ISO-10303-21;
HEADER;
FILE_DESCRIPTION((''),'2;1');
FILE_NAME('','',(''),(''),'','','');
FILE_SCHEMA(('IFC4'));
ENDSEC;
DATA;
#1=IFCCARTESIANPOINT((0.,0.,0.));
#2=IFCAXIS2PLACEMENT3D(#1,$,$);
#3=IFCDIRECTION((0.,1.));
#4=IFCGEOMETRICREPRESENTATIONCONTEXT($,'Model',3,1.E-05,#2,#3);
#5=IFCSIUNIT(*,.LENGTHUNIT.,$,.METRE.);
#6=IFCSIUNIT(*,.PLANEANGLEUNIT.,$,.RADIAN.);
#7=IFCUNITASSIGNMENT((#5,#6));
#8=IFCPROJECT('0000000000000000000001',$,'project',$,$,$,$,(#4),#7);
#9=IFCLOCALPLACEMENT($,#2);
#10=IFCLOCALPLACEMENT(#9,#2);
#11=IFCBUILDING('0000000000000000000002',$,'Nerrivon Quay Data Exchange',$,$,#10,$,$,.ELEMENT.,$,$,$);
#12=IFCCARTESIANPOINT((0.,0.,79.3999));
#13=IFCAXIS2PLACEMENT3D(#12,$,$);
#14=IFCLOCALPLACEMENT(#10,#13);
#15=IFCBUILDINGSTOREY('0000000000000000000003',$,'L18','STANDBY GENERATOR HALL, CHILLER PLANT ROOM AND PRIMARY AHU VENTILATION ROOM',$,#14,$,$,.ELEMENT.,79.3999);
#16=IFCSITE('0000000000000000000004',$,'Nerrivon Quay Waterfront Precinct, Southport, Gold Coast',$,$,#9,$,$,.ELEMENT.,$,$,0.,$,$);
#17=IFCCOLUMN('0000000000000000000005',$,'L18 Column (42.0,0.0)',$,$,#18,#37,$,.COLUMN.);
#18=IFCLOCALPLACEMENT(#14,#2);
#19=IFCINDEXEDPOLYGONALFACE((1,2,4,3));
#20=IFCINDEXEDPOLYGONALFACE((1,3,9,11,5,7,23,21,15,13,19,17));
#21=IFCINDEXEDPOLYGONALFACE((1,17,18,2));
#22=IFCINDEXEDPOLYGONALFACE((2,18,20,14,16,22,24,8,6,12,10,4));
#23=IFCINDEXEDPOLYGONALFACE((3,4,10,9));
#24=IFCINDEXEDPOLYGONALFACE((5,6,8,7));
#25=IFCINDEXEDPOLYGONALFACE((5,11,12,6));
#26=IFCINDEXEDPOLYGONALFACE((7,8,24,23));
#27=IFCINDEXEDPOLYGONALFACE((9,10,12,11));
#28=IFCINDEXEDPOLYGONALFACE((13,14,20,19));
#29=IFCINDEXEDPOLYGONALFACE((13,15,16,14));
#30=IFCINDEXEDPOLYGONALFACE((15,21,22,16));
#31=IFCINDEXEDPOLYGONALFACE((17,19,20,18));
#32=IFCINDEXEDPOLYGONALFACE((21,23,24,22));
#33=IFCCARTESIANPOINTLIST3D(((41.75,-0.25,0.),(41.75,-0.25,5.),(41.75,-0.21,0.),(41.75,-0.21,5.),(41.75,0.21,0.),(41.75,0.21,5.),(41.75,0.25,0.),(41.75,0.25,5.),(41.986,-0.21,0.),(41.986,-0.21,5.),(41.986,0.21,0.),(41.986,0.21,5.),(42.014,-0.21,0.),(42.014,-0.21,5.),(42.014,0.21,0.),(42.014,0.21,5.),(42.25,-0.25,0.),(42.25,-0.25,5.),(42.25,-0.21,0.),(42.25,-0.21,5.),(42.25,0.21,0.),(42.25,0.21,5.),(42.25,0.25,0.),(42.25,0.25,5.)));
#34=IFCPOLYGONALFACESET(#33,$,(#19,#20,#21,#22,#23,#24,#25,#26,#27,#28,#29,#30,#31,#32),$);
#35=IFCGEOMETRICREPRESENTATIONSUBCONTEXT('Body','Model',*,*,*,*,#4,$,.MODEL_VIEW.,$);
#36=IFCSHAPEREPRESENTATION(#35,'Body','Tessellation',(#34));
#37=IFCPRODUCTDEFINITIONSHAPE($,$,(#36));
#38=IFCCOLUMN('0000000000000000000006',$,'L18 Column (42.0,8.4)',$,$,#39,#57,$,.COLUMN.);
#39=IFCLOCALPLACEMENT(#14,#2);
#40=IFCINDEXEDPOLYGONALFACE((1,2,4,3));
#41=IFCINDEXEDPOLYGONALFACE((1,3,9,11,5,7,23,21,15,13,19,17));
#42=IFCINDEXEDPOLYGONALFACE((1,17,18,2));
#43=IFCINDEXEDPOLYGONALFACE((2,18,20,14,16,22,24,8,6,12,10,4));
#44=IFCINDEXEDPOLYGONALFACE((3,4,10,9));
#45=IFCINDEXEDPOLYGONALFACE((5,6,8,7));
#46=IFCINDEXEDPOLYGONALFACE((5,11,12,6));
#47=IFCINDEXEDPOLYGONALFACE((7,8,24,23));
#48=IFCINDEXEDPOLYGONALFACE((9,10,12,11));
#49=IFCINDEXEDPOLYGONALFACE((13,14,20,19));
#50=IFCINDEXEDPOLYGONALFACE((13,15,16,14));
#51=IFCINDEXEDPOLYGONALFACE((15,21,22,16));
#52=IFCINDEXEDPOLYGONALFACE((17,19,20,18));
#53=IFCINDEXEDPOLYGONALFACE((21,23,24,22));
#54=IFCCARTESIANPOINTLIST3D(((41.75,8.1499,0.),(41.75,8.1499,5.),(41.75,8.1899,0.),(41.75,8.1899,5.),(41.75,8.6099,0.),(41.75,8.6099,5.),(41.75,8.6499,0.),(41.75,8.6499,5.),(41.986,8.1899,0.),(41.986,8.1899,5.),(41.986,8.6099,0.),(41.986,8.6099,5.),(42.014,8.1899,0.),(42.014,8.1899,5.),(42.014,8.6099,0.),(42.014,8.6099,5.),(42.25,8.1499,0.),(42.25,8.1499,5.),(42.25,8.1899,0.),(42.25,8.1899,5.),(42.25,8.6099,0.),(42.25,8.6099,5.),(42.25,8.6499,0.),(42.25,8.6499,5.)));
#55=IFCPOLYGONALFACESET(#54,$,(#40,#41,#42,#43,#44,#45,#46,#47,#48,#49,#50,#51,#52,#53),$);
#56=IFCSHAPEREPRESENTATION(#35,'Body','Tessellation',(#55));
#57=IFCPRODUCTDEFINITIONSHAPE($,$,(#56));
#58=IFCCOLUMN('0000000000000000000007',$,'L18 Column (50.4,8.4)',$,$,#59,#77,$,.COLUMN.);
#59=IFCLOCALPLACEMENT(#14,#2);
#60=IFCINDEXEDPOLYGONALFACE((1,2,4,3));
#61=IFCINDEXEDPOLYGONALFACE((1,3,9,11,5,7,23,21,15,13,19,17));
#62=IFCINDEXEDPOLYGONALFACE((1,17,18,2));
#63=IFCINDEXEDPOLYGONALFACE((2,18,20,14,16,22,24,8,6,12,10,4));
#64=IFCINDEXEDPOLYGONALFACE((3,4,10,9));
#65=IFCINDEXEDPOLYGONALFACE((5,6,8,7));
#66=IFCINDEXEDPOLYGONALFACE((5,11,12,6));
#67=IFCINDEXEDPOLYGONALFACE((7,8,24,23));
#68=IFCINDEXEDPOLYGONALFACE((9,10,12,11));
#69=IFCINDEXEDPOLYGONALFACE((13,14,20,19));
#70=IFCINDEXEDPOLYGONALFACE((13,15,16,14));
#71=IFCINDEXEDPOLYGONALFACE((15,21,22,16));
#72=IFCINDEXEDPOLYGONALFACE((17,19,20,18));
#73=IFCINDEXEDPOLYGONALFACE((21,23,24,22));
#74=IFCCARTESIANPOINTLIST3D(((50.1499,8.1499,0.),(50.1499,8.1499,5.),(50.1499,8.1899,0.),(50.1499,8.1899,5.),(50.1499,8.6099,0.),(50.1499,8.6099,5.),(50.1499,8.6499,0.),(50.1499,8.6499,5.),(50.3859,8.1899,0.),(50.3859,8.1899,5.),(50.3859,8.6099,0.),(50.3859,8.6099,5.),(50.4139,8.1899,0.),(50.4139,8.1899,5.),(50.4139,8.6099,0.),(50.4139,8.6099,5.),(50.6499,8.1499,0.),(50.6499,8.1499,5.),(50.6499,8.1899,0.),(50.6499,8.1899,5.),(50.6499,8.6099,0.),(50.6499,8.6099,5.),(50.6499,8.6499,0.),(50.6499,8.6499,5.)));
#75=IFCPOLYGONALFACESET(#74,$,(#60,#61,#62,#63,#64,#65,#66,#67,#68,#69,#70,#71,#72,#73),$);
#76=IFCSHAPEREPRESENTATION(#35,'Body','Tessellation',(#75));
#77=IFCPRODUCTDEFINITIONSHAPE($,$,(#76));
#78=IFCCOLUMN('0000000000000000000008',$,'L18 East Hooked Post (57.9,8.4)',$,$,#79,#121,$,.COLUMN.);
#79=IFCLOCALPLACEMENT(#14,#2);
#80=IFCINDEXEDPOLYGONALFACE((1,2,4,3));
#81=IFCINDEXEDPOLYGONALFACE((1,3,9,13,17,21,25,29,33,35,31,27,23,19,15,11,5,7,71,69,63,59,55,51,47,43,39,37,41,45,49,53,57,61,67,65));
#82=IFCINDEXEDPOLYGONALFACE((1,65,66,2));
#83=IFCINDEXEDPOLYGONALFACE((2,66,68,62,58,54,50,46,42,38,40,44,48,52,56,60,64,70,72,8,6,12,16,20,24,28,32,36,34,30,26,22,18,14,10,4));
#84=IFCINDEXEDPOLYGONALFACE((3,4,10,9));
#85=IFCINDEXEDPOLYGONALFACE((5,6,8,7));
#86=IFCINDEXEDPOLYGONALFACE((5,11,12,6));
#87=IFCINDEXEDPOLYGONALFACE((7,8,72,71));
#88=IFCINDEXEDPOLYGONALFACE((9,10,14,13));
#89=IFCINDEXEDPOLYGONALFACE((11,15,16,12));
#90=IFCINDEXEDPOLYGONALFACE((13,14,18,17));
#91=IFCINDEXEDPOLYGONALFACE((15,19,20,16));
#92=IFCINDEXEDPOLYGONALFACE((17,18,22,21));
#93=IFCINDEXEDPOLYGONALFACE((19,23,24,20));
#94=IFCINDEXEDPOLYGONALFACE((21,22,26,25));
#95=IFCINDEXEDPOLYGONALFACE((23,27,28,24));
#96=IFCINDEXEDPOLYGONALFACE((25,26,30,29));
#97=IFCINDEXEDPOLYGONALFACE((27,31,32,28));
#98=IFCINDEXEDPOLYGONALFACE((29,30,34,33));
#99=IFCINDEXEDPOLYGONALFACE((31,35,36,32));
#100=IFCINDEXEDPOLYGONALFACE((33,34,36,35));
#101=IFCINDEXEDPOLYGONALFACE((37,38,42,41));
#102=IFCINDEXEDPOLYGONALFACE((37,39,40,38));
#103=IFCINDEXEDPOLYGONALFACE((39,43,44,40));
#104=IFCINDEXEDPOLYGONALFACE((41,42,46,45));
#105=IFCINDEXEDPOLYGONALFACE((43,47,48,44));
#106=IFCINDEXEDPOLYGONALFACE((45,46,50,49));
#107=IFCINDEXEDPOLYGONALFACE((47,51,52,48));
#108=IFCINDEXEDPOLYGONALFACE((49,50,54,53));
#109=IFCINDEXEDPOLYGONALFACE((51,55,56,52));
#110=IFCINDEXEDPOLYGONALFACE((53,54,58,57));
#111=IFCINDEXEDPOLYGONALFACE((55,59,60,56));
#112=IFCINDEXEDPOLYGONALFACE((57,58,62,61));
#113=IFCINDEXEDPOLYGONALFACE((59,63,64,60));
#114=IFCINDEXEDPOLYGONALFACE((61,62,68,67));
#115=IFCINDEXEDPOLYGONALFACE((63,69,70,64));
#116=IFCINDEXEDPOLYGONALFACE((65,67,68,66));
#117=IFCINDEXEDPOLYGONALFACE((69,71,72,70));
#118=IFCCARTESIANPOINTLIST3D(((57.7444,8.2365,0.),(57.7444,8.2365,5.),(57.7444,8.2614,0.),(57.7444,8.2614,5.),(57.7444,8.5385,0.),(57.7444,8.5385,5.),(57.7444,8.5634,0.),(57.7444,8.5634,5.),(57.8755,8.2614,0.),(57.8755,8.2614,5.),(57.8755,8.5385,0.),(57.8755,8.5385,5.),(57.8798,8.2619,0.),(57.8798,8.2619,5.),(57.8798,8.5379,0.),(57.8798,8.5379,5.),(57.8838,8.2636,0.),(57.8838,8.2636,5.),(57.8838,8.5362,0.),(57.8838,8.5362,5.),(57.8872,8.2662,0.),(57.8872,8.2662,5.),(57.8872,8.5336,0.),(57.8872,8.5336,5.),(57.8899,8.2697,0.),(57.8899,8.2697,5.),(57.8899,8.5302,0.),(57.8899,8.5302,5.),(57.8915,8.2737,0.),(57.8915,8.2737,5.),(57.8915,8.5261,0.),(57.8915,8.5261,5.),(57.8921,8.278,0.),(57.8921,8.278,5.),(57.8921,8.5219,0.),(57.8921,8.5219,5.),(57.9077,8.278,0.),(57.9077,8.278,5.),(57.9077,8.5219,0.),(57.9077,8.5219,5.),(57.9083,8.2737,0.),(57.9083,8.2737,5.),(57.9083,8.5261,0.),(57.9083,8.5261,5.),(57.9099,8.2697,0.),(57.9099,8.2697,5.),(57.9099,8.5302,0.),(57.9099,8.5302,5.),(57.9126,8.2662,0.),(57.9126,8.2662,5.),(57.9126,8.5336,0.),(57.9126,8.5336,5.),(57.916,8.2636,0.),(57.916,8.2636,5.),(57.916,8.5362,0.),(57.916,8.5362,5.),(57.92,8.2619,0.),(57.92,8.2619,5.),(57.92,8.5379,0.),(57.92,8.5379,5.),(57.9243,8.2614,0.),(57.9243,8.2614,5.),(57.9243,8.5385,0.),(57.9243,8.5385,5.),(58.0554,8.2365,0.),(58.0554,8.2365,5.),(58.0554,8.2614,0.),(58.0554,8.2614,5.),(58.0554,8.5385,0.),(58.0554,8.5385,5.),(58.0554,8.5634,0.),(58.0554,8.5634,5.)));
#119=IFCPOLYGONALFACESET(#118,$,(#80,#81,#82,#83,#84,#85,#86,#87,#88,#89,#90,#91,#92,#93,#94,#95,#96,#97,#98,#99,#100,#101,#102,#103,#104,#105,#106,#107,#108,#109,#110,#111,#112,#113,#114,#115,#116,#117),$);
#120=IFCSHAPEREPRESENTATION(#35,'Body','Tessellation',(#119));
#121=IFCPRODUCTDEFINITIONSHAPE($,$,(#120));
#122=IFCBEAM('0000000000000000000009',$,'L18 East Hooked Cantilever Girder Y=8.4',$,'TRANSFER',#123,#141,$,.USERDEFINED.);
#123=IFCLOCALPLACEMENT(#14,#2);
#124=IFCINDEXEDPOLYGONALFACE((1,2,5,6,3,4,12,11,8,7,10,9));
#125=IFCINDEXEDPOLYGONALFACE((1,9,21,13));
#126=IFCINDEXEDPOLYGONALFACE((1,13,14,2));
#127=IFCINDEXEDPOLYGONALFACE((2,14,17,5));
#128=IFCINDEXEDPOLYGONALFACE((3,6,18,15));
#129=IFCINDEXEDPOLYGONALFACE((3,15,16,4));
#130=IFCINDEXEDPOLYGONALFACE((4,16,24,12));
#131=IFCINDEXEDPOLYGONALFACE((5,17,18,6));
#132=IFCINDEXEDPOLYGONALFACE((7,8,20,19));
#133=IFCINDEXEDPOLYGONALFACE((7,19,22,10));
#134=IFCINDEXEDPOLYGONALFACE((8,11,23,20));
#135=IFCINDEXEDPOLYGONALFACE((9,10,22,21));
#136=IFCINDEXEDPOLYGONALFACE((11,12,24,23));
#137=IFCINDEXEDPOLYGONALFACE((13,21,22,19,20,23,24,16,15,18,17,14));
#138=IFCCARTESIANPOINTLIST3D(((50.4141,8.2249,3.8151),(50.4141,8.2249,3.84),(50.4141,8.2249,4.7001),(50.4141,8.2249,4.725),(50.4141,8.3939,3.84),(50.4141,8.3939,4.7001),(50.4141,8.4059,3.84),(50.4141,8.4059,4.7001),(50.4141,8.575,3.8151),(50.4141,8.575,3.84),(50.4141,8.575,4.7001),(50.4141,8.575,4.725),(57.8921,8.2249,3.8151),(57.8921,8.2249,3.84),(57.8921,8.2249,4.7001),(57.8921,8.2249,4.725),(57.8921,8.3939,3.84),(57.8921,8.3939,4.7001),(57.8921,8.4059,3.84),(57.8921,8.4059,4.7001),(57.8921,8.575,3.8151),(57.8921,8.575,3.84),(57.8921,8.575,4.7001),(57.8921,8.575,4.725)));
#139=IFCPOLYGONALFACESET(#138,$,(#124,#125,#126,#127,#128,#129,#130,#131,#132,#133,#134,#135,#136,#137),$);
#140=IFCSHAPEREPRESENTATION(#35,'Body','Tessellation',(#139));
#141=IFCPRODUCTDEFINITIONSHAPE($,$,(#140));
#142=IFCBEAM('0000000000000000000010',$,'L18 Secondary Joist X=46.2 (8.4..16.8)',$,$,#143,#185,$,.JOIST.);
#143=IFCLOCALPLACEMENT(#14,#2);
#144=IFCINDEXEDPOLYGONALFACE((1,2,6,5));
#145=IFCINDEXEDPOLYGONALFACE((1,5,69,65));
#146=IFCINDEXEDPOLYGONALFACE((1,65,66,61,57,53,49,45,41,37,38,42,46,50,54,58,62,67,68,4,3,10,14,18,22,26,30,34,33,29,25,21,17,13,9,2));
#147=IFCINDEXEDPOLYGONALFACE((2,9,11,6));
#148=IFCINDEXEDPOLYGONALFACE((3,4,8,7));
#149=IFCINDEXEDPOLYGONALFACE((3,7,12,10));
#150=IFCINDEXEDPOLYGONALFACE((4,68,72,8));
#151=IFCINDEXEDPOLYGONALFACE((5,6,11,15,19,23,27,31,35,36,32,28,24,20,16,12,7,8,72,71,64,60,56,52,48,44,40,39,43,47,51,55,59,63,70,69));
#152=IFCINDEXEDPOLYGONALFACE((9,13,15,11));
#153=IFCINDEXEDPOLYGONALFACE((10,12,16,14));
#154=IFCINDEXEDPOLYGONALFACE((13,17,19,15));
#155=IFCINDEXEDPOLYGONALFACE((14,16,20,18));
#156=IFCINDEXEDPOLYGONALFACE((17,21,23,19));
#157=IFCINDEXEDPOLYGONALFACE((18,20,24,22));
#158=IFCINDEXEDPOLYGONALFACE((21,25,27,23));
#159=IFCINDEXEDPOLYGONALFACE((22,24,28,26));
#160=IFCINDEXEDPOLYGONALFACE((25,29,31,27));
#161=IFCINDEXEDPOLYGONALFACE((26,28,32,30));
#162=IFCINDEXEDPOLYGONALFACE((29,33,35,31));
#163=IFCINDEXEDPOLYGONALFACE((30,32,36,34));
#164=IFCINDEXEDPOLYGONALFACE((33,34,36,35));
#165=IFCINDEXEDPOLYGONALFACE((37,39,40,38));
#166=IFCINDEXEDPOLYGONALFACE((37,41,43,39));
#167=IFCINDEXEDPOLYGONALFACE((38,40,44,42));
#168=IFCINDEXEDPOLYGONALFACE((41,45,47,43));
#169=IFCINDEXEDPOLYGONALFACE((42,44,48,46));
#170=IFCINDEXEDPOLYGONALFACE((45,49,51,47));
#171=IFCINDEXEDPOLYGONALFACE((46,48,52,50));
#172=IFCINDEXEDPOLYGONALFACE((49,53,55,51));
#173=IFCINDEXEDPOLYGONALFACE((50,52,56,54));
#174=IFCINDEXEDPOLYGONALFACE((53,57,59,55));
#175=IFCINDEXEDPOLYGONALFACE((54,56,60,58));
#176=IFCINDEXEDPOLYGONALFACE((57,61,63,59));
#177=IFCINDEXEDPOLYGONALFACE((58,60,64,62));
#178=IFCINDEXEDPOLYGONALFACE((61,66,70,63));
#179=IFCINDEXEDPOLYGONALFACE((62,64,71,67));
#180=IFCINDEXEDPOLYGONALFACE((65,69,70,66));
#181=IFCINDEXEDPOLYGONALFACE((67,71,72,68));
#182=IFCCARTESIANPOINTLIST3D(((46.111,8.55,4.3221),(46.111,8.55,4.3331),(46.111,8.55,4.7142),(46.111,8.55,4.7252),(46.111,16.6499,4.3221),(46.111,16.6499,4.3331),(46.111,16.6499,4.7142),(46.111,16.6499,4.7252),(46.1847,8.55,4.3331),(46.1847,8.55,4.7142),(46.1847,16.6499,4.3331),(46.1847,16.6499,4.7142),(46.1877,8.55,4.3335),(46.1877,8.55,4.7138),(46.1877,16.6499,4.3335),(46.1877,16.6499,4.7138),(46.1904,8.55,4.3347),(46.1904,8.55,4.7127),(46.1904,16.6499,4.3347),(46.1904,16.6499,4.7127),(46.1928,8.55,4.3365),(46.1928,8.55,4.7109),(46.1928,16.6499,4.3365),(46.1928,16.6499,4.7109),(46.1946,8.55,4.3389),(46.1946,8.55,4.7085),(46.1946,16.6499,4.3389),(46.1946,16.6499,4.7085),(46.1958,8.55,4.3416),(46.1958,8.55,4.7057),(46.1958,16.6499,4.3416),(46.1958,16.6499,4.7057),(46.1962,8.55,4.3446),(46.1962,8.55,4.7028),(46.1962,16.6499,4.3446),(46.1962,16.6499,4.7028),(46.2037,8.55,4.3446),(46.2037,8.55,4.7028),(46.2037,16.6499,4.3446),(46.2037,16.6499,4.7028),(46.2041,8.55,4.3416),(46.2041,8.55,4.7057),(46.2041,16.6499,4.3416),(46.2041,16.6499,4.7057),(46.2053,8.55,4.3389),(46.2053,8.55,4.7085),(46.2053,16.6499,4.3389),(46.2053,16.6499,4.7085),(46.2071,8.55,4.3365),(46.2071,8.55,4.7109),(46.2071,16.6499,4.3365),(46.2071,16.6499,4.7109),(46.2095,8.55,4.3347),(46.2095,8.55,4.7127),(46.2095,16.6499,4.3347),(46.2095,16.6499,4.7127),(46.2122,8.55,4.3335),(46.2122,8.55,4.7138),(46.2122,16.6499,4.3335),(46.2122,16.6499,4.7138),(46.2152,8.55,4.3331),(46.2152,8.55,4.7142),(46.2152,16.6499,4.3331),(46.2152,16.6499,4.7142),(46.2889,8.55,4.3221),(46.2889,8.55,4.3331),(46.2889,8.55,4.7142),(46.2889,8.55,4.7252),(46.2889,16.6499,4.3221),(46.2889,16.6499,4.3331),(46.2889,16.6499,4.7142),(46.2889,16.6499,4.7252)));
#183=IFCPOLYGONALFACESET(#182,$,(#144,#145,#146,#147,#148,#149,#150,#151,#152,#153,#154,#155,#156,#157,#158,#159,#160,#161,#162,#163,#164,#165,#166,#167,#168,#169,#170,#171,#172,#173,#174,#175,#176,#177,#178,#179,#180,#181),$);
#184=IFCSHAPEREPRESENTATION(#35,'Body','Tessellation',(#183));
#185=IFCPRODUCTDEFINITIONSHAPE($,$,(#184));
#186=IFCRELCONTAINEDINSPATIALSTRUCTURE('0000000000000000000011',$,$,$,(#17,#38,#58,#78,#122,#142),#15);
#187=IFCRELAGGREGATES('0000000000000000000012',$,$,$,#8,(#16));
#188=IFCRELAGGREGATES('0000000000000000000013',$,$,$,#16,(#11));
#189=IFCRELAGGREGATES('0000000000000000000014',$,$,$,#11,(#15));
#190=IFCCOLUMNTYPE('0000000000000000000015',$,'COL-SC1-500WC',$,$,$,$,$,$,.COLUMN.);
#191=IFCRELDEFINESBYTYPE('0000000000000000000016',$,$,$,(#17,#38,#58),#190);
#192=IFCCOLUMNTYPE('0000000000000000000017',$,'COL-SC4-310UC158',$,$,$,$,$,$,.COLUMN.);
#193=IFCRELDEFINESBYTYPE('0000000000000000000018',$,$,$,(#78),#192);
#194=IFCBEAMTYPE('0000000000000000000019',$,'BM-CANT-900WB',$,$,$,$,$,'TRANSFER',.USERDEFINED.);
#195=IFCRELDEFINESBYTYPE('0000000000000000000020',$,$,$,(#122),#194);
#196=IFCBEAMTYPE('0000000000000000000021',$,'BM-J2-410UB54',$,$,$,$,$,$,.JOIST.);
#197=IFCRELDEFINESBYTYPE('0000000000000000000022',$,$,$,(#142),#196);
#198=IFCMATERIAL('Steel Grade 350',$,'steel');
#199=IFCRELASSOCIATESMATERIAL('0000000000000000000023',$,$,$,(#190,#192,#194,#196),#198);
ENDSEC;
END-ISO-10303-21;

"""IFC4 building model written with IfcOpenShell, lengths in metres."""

from ifc_helpers import new_model, si_unit, direction, frame, origin, origin_2d, place, context, subcontext, project, spatial, i_section, extrude, material, material_profile, profile_set, type_object, element, save


model = new_model("IFC4")

# Units and contexts
model_context = context("Model", 3, precision=1e-05, world=origin(), true_north=direction((0.0, 1.0)))
body_context = subcontext(model_context, "Body", "Model", "MODEL_VIEW")
ifc_project = project(units=[si_unit("LENGTHUNIT", "METRE"), si_unit("PLANEANGLEUNIT", "RADIAN")], contexts=[model_context])

# Site, building, storey
site_placement = place(None, origin())
site = spatial("IfcSite", under=ifc_project, at=site_placement, Name="Nerrivon Quay Waterfront Precinct, Southport, Gold Coast", CompositionType="ELEMENT", RefElevation=0.0)
building_placement = place(site_placement, origin())
building = spatial("IfcBuilding", under=site, at=building_placement, Name="Nerrivon Quay Data Exchange", CompositionType="ELEMENT")
storey_placement = place(building_placement, frame((0.0, 0.0, 79.3999)))
storey = spatial("IfcBuildingStorey", under=building, at=storey_placement, Name="L18", Description="STANDBY GENERATOR HALL, CHILLER PLANT ROOM AND PRIMARY AHU VENTILATION ROOM", CompositionType="ELEMENT", Elevation=79.3999)

# Columns
ifc_material_1 = material(Name="Steel Grade 350", Category="steel")
ifc_material_profile_1 = material_profile(ifc_material_1, i_section(OverallWidth=0.5, OverallDepth=0.5, WebThickness=0.0281, FlangeThickness=0.04, at=origin_2d()), Name="500WC440")
ifc_profile_set_1 = profile_set([ifc_material_profile_1], Name="Steel Grade 350")
column_type_1 = type_object("IfcColumnType", Name="COL-SC1-500WC", PredefinedType="COLUMN", material=ifc_profile_set_1)
for number, where, z_axis, x_axis, name in (
    (1, (42.0, 0.0, 0.0), (0.0, 0.0, 1.0), (1.0, 0.0, 0.0), "L18 Column (42.0,0.0)"),
    (2, (42.0, 8.3999, 0.0), (0.0, 0.0, 1.0), (1.0, 0.0, 0.0), "L18 Column (42.0,8.4)"),
    (3, (50.3999, 8.3999, 0.0), (0.0, 0.0, 1.0), (1.0, 0.0, 0.0), "L18 Column (50.4,8.4)"),
):
    element("IfcColumn", number, at=place(storey_placement, frame(where, z_axis=z_axis, x_axis=x_axis)), inside=storey, type_object=column_type_1, Name=name, PredefinedType="COLUMN", context=body_context, shape_type="SweptSolid", body=[
        extrude(i_section(OverallWidth=0.5, OverallDepth=0.5, WebThickness=0.0281, FlangeThickness=0.04, at=origin_2d()), origin(), (0.0, 0.0, 1.0), 5.0),
    ])
ifc_material_profile_2 = material_profile(ifc_material_1, i_section(OverallWidth=0.311, OverallDepth=0.3269, WebThickness=0.0156, FlangeThickness=0.0249, FilletRadius=0.0166, at=origin_2d()), Name="310UC158")
ifc_profile_set_2 = profile_set([ifc_material_profile_2], Name="Steel Grade 350")
column_type_2 = type_object("IfcColumnType", Name="COL-SC4-310UC158", PredefinedType="COLUMN", material=ifc_profile_set_2)
column_placement = place(storey_placement, frame((57.8999, 8.3999, 0.0), z_axis=(0.0, 0.0, 1.0), x_axis=(1.0, 0.0, 0.0)))
element("IfcColumn", 4, at=column_placement, inside=storey, type_object=column_type_2, Name="L18 East Hooked Post (57.9,8.4)", PredefinedType="COLUMN", context=body_context, shape_type="SweptSolid", body=[
    extrude(i_section(OverallWidth=0.311, OverallDepth=0.3269, WebThickness=0.0156, FlangeThickness=0.0249, FilletRadius=0.0166, at=origin_2d()), origin(), (0.0, 0.0, 1.0), 5.0),
])

# Beams
ifc_material_profile_3 = material_profile(ifc_material_1, i_section(OverallWidth=0.3501, OverallDepth=0.9099, WebThickness=0.012, FlangeThickness=0.0249, at=origin_2d()), Name="900WB218")
ifc_profile_set_3 = profile_set([ifc_material_profile_3], Name="Steel Grade 350")
beam_type_1 = type_object("IfcBeamType", Name="BM-CANT-900WB", ElementType="TRANSFER", PredefinedType="USERDEFINED", material=ifc_profile_set_3)
beam_1_placement = place(storey_placement, frame((50.4141, 8.3999, 4.27), z_axis=(1.0, 0.0, 0.0), x_axis=(0.0, 1.0, 0.0)))
element("IfcBeam", 5, at=beam_1_placement, inside=storey, type_object=beam_type_1, Name="L18 East Hooked Cantilever Girder Y=8.4", ObjectType="TRANSFER", PredefinedType="USERDEFINED", context=body_context, shape_type="SweptSolid", body=[
    extrude(i_section(OverallWidth=0.3501, OverallDepth=0.9099, WebThickness=0.012, FlangeThickness=0.0249, at=origin_2d()), origin(), (0.0, 0.0, 1.0), 7.478),
])
ifc_material_profile_4 = material_profile(ifc_material_1, i_section(OverallWidth=0.178, OverallDepth=0.4031, WebThickness=0.0076, FlangeThickness=0.011, FilletRadius=0.0115, at=origin_2d()), Name="410UB53.7")
ifc_profile_set_4 = profile_set([ifc_material_profile_4], Name="Steel Grade 350")
beam_type_2 = type_object("IfcBeamType", Name="BM-J2-410UB54", PredefinedType="JOIST", material=ifc_profile_set_4)
beam_2_placement = place(storey_placement, frame((46.2, 8.55, 4.5237), z_axis=(0.0, 1.0, 0.0), x_axis=(-1.0, 0.0, 0.0)))
element("IfcBeam", 6, at=beam_2_placement, inside=storey, type_object=beam_type_2, Name="L18 Secondary Joist X=46.2 (8.4..16.8)", PredefinedType="JOIST", context=body_context, shape_type="SweptSolid", body=[
    extrude(i_section(OverallWidth=0.178, OverallDepth=0.4031, WebThickness=0.0076, FlangeThickness=0.011, FilletRadius=0.0115, at=origin_2d()), origin(), (0.0, 0.0, 1.0), 8.0999),
])

save(model, "model.ifc")
